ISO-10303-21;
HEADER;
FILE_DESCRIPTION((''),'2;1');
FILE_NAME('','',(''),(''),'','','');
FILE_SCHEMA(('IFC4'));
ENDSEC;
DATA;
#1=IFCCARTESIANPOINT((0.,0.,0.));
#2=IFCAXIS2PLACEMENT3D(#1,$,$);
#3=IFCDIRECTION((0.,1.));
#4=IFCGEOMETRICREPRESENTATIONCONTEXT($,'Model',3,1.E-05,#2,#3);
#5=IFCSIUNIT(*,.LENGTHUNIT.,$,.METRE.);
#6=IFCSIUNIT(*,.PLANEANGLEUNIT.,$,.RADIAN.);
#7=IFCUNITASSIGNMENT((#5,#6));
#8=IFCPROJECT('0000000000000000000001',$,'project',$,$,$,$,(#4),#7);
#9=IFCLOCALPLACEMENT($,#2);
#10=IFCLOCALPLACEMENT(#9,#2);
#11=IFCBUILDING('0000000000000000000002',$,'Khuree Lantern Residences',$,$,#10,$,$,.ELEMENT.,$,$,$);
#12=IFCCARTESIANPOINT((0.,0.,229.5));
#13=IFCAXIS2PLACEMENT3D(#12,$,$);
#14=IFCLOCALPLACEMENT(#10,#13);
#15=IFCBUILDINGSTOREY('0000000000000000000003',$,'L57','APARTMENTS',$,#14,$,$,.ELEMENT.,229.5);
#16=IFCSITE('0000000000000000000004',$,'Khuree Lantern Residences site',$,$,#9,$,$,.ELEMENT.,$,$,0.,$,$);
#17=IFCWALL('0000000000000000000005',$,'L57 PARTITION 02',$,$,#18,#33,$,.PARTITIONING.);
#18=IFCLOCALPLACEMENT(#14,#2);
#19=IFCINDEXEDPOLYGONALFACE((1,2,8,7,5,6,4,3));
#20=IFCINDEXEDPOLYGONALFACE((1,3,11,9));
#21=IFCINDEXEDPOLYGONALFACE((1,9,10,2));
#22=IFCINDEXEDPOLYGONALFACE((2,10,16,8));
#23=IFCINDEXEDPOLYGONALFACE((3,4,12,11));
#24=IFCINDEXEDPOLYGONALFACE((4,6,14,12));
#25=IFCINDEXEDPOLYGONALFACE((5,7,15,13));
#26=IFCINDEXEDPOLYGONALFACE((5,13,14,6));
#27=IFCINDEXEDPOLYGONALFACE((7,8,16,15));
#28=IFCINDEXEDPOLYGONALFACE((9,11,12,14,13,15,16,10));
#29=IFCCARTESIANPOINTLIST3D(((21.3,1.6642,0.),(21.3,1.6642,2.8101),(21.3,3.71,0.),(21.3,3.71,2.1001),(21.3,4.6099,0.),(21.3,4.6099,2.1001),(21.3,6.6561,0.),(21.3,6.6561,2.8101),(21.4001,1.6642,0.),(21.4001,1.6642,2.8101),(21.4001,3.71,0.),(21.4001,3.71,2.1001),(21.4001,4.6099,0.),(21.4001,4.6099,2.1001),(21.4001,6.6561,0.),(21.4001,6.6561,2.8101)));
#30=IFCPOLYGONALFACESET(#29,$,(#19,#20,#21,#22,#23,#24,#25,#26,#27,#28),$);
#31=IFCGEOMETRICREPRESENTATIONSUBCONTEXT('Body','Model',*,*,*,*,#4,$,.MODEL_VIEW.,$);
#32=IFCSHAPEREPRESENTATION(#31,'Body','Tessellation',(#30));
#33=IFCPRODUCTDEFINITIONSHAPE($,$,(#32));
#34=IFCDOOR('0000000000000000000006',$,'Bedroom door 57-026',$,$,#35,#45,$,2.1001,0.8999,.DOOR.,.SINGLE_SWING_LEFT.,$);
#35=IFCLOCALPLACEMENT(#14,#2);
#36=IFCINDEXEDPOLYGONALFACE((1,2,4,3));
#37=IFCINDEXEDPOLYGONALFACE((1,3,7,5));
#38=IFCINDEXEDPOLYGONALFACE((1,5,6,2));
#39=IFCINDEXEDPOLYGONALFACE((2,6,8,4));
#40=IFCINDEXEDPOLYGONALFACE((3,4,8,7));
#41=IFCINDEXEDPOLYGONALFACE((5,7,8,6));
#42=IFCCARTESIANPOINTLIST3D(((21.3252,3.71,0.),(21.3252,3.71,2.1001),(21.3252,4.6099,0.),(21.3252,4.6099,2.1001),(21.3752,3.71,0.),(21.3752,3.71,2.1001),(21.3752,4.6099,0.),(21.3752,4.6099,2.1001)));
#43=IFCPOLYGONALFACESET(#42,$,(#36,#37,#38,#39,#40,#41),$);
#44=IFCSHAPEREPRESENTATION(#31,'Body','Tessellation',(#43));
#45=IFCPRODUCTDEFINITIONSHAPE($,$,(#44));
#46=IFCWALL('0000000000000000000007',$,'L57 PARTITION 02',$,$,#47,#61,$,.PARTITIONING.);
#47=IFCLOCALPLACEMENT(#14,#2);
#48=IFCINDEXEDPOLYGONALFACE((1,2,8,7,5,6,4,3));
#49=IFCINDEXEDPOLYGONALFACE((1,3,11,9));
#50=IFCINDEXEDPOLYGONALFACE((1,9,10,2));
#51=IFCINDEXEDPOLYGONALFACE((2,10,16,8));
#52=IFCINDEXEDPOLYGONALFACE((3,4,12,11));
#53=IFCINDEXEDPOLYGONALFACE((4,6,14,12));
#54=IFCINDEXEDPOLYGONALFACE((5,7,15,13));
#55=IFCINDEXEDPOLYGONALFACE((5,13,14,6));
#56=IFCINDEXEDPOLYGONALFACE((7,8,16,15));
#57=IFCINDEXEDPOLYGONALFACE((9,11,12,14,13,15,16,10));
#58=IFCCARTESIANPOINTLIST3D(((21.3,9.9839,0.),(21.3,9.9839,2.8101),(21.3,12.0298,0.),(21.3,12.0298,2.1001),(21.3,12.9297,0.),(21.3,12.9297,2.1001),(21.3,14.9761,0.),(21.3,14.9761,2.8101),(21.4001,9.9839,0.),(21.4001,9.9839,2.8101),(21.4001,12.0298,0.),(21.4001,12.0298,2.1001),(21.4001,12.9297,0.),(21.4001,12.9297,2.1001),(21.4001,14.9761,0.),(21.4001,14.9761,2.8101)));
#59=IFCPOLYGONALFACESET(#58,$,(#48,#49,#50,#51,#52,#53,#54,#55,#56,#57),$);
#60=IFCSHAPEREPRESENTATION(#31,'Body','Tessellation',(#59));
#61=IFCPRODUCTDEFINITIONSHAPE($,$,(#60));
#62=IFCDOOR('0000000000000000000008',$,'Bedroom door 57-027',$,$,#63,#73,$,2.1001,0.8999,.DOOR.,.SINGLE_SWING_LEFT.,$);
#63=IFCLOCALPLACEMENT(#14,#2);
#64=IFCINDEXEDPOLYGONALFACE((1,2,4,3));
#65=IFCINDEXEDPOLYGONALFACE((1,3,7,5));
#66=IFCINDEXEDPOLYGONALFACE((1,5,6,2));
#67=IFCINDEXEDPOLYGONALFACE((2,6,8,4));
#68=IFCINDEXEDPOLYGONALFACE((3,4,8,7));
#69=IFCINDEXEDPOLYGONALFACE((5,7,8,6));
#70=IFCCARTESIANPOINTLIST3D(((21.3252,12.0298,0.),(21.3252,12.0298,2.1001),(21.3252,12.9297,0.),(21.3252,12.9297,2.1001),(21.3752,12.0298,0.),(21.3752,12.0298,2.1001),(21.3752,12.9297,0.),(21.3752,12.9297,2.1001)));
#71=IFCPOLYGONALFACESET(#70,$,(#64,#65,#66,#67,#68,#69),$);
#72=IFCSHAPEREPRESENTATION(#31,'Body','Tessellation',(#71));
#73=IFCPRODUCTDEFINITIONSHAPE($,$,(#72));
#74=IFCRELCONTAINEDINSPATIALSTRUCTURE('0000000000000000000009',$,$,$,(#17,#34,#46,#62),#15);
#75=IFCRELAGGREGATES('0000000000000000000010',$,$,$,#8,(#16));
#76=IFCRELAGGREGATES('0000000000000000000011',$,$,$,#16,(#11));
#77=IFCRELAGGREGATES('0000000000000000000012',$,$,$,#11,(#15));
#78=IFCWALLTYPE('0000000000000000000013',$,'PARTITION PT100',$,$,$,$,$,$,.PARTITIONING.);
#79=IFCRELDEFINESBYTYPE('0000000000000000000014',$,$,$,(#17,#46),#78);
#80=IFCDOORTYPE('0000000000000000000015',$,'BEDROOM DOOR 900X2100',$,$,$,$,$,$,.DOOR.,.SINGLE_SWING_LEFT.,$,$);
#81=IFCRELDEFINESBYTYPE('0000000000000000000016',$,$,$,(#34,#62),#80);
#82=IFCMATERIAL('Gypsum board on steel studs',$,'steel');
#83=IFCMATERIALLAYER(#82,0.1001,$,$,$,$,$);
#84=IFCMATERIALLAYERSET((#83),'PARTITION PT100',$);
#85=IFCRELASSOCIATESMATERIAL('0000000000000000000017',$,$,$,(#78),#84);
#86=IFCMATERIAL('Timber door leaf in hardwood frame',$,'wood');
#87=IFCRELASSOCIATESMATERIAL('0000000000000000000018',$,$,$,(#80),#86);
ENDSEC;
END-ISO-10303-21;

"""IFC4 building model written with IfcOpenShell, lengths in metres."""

from ifc_helpers import new_model, si_unit, direction, frame, frame_2d, origin, place, context, subcontext, project, spatial, rectangle, extrude, material, layer, layer_set, type_object, element, fill, save


model = new_model("IFC4")

# Units and contexts
model_context = context("Model", 3, precision=1e-05, world=origin(), true_north=direction((0.0, 1.0)))
body_context = subcontext(model_context, "Body", "Model", "MODEL_VIEW")
ifc_project = project(units=[si_unit("LENGTHUNIT", "METRE"), si_unit("PLANEANGLEUNIT", "RADIAN")], contexts=[model_context])

# Site, building, storey
site_placement = place(None, origin())
site = spatial("IfcSite", under=ifc_project, at=site_placement, Name="Khuree Lantern Residences site", CompositionType="ELEMENT", RefElevation=0.0)
building_placement = place(site_placement, origin())
building = spatial("IfcBuilding", under=site, at=building_placement, Name="Khuree Lantern Residences", CompositionType="ELEMENT")
storey_placement = place(building_placement, frame((0.0, 0.0, 229.5)))
storey = spatial("IfcBuildingStorey", under=building, at=storey_placement, Name="L57", Description="APARTMENTS", CompositionType="ELEMENT", Elevation=229.5)

# Shared definitions
ifc_material_1 = material(Name="Timber door leaf in hardwood frame", Category="wood")

# Shared definitions
ifc_material_2 = material(Name="Gypsum board on steel studs", Category="steel")
ifc_layer_1 = layer(ifc_material_2, 0.1001)
ifc_layer_set_1 = layer_set([ifc_layer_1], Name="PARTITION PT100")
wall_type_1 = type_object("IfcWallType", Name="PARTITION PT100", PredefinedType="PARTITIONING", material=ifc_layer_set_1)

# Walls, openings, doors
wall_1_placement = place(storey_placement, frame((21.3501, 1.6641, 0.0), z_axis=(0.0, 0.0, 1.0), x_axis=(0.0, 1.0, 0.0)))
wall_1 = element("IfcWall", 1, at=wall_1_placement, inside=storey, type_object=wall_type_1, Name="L57 PARTITION 02", PredefinedType="PARTITIONING", context=body_context, shape_type="SweptSolid", body=[
    extrude(rectangle(XDim=4.9919, YDim=0.1001, at=frame_2d((2.4961, 0.0))), origin(), (0.0, 0.0, 1.0), 2.8101),
])
opening_1_placement = place(wall_1_placement, frame((2.0459, 0.0, 0.0)))
opening_1 = element("IfcOpeningElement", 2, at=opening_1_placement, cuts=wall_1, PredefinedType="OPENING", context=body_context, shape_type="SweptSolid", body=[
    extrude(rectangle(XDim=0.8999, YDim=2.1001, at=frame_2d((0.45, 1.05))), frame((0.0, 0.0601, 0.0), z_axis=(0.0, -1.0, 0.0), x_axis=(1.0, 0.0, 0.0)), (0.0, 0.0, 1.0), 0.1201),
])
door_type_1 = type_object("IfcDoorType", Name="BEDROOM DOOR 900X2100", OperationType="SINGLE_SWING_LEFT", PredefinedType="DOOR", material=ifc_material_1)
door_1_placement = place(opening_1_placement, origin())
door_1 = element("IfcDoor", 3, at=door_1_placement, inside=storey, type_object=door_type_1, Name="Bedroom door 57-026", OperationType="SINGLE_SWING_LEFT", OverallHeight=2.1001, OverallWidth=0.8999, PredefinedType="DOOR", context=body_context, shape_type="SweptSolid", body=[
    extrude(rectangle(XDim=0.8999, YDim=2.1001, at=frame_2d((0.45, 1.05))), frame((0.0, 0.0249, 0.0), z_axis=(0.0, -1.0, 0.0), x_axis=(1.0, 0.0, 0.0)), (0.0, 0.0, 1.0), 0.05),
])
fill(opening_1, door_1)
wall_2_placement = place(storey_placement, frame((21.3501, 9.9839, 0.0), z_axis=(0.0, 0.0, 1.0), x_axis=(0.0, 1.0, 0.0)))
wall_2 = element("IfcWall", 4, at=wall_2_placement, inside=storey, type_object=wall_type_1, Name="L57 PARTITION 02", PredefinedType="PARTITIONING", context=body_context, shape_type="SweptSolid", body=[
    extrude(rectangle(XDim=4.9922, YDim=0.1001, at=frame_2d((2.4961, 0.0))), origin(), (0.0, 0.0, 1.0), 2.8101),
])
opening_2_placement = place(wall_2_placement, frame((2.0459, 0.0, 0.0)))
opening_2 = element("IfcOpeningElement", 5, at=opening_2_placement, cuts=wall_2, PredefinedType="OPENING", context=body_context, shape_type="SweptSolid", body=[
    extrude(rectangle(XDim=0.8999, YDim=2.1001, at=frame_2d((0.45, 1.05))), frame((0.0, 0.0601, 0.0), z_axis=(0.0, -1.0, 0.0), x_axis=(1.0, 0.0, 0.0)), (0.0, 0.0, 1.0), 0.1201),
])
door_2_placement = place(opening_2_placement, origin())
door_2 = element("IfcDoor", 6, at=door_2_placement, inside=storey, type_object=door_type_1, Name="Bedroom door 57-027", OperationType="SINGLE_SWING_LEFT", OverallHeight=2.1001, OverallWidth=0.8999, PredefinedType="DOOR", context=body_context, shape_type="SweptSolid", body=[
    extrude(rectangle(XDim=0.8999, YDim=2.1001, at=frame_2d((0.45, 1.05))), frame((0.0, 0.0249, 0.0), z_axis=(0.0, -1.0, 0.0), x_axis=(1.0, 0.0, 0.0)), (0.0, 0.0, 1.0), 0.05),
])
fill(opening_2, door_2)

save(model, "model.ifc")
